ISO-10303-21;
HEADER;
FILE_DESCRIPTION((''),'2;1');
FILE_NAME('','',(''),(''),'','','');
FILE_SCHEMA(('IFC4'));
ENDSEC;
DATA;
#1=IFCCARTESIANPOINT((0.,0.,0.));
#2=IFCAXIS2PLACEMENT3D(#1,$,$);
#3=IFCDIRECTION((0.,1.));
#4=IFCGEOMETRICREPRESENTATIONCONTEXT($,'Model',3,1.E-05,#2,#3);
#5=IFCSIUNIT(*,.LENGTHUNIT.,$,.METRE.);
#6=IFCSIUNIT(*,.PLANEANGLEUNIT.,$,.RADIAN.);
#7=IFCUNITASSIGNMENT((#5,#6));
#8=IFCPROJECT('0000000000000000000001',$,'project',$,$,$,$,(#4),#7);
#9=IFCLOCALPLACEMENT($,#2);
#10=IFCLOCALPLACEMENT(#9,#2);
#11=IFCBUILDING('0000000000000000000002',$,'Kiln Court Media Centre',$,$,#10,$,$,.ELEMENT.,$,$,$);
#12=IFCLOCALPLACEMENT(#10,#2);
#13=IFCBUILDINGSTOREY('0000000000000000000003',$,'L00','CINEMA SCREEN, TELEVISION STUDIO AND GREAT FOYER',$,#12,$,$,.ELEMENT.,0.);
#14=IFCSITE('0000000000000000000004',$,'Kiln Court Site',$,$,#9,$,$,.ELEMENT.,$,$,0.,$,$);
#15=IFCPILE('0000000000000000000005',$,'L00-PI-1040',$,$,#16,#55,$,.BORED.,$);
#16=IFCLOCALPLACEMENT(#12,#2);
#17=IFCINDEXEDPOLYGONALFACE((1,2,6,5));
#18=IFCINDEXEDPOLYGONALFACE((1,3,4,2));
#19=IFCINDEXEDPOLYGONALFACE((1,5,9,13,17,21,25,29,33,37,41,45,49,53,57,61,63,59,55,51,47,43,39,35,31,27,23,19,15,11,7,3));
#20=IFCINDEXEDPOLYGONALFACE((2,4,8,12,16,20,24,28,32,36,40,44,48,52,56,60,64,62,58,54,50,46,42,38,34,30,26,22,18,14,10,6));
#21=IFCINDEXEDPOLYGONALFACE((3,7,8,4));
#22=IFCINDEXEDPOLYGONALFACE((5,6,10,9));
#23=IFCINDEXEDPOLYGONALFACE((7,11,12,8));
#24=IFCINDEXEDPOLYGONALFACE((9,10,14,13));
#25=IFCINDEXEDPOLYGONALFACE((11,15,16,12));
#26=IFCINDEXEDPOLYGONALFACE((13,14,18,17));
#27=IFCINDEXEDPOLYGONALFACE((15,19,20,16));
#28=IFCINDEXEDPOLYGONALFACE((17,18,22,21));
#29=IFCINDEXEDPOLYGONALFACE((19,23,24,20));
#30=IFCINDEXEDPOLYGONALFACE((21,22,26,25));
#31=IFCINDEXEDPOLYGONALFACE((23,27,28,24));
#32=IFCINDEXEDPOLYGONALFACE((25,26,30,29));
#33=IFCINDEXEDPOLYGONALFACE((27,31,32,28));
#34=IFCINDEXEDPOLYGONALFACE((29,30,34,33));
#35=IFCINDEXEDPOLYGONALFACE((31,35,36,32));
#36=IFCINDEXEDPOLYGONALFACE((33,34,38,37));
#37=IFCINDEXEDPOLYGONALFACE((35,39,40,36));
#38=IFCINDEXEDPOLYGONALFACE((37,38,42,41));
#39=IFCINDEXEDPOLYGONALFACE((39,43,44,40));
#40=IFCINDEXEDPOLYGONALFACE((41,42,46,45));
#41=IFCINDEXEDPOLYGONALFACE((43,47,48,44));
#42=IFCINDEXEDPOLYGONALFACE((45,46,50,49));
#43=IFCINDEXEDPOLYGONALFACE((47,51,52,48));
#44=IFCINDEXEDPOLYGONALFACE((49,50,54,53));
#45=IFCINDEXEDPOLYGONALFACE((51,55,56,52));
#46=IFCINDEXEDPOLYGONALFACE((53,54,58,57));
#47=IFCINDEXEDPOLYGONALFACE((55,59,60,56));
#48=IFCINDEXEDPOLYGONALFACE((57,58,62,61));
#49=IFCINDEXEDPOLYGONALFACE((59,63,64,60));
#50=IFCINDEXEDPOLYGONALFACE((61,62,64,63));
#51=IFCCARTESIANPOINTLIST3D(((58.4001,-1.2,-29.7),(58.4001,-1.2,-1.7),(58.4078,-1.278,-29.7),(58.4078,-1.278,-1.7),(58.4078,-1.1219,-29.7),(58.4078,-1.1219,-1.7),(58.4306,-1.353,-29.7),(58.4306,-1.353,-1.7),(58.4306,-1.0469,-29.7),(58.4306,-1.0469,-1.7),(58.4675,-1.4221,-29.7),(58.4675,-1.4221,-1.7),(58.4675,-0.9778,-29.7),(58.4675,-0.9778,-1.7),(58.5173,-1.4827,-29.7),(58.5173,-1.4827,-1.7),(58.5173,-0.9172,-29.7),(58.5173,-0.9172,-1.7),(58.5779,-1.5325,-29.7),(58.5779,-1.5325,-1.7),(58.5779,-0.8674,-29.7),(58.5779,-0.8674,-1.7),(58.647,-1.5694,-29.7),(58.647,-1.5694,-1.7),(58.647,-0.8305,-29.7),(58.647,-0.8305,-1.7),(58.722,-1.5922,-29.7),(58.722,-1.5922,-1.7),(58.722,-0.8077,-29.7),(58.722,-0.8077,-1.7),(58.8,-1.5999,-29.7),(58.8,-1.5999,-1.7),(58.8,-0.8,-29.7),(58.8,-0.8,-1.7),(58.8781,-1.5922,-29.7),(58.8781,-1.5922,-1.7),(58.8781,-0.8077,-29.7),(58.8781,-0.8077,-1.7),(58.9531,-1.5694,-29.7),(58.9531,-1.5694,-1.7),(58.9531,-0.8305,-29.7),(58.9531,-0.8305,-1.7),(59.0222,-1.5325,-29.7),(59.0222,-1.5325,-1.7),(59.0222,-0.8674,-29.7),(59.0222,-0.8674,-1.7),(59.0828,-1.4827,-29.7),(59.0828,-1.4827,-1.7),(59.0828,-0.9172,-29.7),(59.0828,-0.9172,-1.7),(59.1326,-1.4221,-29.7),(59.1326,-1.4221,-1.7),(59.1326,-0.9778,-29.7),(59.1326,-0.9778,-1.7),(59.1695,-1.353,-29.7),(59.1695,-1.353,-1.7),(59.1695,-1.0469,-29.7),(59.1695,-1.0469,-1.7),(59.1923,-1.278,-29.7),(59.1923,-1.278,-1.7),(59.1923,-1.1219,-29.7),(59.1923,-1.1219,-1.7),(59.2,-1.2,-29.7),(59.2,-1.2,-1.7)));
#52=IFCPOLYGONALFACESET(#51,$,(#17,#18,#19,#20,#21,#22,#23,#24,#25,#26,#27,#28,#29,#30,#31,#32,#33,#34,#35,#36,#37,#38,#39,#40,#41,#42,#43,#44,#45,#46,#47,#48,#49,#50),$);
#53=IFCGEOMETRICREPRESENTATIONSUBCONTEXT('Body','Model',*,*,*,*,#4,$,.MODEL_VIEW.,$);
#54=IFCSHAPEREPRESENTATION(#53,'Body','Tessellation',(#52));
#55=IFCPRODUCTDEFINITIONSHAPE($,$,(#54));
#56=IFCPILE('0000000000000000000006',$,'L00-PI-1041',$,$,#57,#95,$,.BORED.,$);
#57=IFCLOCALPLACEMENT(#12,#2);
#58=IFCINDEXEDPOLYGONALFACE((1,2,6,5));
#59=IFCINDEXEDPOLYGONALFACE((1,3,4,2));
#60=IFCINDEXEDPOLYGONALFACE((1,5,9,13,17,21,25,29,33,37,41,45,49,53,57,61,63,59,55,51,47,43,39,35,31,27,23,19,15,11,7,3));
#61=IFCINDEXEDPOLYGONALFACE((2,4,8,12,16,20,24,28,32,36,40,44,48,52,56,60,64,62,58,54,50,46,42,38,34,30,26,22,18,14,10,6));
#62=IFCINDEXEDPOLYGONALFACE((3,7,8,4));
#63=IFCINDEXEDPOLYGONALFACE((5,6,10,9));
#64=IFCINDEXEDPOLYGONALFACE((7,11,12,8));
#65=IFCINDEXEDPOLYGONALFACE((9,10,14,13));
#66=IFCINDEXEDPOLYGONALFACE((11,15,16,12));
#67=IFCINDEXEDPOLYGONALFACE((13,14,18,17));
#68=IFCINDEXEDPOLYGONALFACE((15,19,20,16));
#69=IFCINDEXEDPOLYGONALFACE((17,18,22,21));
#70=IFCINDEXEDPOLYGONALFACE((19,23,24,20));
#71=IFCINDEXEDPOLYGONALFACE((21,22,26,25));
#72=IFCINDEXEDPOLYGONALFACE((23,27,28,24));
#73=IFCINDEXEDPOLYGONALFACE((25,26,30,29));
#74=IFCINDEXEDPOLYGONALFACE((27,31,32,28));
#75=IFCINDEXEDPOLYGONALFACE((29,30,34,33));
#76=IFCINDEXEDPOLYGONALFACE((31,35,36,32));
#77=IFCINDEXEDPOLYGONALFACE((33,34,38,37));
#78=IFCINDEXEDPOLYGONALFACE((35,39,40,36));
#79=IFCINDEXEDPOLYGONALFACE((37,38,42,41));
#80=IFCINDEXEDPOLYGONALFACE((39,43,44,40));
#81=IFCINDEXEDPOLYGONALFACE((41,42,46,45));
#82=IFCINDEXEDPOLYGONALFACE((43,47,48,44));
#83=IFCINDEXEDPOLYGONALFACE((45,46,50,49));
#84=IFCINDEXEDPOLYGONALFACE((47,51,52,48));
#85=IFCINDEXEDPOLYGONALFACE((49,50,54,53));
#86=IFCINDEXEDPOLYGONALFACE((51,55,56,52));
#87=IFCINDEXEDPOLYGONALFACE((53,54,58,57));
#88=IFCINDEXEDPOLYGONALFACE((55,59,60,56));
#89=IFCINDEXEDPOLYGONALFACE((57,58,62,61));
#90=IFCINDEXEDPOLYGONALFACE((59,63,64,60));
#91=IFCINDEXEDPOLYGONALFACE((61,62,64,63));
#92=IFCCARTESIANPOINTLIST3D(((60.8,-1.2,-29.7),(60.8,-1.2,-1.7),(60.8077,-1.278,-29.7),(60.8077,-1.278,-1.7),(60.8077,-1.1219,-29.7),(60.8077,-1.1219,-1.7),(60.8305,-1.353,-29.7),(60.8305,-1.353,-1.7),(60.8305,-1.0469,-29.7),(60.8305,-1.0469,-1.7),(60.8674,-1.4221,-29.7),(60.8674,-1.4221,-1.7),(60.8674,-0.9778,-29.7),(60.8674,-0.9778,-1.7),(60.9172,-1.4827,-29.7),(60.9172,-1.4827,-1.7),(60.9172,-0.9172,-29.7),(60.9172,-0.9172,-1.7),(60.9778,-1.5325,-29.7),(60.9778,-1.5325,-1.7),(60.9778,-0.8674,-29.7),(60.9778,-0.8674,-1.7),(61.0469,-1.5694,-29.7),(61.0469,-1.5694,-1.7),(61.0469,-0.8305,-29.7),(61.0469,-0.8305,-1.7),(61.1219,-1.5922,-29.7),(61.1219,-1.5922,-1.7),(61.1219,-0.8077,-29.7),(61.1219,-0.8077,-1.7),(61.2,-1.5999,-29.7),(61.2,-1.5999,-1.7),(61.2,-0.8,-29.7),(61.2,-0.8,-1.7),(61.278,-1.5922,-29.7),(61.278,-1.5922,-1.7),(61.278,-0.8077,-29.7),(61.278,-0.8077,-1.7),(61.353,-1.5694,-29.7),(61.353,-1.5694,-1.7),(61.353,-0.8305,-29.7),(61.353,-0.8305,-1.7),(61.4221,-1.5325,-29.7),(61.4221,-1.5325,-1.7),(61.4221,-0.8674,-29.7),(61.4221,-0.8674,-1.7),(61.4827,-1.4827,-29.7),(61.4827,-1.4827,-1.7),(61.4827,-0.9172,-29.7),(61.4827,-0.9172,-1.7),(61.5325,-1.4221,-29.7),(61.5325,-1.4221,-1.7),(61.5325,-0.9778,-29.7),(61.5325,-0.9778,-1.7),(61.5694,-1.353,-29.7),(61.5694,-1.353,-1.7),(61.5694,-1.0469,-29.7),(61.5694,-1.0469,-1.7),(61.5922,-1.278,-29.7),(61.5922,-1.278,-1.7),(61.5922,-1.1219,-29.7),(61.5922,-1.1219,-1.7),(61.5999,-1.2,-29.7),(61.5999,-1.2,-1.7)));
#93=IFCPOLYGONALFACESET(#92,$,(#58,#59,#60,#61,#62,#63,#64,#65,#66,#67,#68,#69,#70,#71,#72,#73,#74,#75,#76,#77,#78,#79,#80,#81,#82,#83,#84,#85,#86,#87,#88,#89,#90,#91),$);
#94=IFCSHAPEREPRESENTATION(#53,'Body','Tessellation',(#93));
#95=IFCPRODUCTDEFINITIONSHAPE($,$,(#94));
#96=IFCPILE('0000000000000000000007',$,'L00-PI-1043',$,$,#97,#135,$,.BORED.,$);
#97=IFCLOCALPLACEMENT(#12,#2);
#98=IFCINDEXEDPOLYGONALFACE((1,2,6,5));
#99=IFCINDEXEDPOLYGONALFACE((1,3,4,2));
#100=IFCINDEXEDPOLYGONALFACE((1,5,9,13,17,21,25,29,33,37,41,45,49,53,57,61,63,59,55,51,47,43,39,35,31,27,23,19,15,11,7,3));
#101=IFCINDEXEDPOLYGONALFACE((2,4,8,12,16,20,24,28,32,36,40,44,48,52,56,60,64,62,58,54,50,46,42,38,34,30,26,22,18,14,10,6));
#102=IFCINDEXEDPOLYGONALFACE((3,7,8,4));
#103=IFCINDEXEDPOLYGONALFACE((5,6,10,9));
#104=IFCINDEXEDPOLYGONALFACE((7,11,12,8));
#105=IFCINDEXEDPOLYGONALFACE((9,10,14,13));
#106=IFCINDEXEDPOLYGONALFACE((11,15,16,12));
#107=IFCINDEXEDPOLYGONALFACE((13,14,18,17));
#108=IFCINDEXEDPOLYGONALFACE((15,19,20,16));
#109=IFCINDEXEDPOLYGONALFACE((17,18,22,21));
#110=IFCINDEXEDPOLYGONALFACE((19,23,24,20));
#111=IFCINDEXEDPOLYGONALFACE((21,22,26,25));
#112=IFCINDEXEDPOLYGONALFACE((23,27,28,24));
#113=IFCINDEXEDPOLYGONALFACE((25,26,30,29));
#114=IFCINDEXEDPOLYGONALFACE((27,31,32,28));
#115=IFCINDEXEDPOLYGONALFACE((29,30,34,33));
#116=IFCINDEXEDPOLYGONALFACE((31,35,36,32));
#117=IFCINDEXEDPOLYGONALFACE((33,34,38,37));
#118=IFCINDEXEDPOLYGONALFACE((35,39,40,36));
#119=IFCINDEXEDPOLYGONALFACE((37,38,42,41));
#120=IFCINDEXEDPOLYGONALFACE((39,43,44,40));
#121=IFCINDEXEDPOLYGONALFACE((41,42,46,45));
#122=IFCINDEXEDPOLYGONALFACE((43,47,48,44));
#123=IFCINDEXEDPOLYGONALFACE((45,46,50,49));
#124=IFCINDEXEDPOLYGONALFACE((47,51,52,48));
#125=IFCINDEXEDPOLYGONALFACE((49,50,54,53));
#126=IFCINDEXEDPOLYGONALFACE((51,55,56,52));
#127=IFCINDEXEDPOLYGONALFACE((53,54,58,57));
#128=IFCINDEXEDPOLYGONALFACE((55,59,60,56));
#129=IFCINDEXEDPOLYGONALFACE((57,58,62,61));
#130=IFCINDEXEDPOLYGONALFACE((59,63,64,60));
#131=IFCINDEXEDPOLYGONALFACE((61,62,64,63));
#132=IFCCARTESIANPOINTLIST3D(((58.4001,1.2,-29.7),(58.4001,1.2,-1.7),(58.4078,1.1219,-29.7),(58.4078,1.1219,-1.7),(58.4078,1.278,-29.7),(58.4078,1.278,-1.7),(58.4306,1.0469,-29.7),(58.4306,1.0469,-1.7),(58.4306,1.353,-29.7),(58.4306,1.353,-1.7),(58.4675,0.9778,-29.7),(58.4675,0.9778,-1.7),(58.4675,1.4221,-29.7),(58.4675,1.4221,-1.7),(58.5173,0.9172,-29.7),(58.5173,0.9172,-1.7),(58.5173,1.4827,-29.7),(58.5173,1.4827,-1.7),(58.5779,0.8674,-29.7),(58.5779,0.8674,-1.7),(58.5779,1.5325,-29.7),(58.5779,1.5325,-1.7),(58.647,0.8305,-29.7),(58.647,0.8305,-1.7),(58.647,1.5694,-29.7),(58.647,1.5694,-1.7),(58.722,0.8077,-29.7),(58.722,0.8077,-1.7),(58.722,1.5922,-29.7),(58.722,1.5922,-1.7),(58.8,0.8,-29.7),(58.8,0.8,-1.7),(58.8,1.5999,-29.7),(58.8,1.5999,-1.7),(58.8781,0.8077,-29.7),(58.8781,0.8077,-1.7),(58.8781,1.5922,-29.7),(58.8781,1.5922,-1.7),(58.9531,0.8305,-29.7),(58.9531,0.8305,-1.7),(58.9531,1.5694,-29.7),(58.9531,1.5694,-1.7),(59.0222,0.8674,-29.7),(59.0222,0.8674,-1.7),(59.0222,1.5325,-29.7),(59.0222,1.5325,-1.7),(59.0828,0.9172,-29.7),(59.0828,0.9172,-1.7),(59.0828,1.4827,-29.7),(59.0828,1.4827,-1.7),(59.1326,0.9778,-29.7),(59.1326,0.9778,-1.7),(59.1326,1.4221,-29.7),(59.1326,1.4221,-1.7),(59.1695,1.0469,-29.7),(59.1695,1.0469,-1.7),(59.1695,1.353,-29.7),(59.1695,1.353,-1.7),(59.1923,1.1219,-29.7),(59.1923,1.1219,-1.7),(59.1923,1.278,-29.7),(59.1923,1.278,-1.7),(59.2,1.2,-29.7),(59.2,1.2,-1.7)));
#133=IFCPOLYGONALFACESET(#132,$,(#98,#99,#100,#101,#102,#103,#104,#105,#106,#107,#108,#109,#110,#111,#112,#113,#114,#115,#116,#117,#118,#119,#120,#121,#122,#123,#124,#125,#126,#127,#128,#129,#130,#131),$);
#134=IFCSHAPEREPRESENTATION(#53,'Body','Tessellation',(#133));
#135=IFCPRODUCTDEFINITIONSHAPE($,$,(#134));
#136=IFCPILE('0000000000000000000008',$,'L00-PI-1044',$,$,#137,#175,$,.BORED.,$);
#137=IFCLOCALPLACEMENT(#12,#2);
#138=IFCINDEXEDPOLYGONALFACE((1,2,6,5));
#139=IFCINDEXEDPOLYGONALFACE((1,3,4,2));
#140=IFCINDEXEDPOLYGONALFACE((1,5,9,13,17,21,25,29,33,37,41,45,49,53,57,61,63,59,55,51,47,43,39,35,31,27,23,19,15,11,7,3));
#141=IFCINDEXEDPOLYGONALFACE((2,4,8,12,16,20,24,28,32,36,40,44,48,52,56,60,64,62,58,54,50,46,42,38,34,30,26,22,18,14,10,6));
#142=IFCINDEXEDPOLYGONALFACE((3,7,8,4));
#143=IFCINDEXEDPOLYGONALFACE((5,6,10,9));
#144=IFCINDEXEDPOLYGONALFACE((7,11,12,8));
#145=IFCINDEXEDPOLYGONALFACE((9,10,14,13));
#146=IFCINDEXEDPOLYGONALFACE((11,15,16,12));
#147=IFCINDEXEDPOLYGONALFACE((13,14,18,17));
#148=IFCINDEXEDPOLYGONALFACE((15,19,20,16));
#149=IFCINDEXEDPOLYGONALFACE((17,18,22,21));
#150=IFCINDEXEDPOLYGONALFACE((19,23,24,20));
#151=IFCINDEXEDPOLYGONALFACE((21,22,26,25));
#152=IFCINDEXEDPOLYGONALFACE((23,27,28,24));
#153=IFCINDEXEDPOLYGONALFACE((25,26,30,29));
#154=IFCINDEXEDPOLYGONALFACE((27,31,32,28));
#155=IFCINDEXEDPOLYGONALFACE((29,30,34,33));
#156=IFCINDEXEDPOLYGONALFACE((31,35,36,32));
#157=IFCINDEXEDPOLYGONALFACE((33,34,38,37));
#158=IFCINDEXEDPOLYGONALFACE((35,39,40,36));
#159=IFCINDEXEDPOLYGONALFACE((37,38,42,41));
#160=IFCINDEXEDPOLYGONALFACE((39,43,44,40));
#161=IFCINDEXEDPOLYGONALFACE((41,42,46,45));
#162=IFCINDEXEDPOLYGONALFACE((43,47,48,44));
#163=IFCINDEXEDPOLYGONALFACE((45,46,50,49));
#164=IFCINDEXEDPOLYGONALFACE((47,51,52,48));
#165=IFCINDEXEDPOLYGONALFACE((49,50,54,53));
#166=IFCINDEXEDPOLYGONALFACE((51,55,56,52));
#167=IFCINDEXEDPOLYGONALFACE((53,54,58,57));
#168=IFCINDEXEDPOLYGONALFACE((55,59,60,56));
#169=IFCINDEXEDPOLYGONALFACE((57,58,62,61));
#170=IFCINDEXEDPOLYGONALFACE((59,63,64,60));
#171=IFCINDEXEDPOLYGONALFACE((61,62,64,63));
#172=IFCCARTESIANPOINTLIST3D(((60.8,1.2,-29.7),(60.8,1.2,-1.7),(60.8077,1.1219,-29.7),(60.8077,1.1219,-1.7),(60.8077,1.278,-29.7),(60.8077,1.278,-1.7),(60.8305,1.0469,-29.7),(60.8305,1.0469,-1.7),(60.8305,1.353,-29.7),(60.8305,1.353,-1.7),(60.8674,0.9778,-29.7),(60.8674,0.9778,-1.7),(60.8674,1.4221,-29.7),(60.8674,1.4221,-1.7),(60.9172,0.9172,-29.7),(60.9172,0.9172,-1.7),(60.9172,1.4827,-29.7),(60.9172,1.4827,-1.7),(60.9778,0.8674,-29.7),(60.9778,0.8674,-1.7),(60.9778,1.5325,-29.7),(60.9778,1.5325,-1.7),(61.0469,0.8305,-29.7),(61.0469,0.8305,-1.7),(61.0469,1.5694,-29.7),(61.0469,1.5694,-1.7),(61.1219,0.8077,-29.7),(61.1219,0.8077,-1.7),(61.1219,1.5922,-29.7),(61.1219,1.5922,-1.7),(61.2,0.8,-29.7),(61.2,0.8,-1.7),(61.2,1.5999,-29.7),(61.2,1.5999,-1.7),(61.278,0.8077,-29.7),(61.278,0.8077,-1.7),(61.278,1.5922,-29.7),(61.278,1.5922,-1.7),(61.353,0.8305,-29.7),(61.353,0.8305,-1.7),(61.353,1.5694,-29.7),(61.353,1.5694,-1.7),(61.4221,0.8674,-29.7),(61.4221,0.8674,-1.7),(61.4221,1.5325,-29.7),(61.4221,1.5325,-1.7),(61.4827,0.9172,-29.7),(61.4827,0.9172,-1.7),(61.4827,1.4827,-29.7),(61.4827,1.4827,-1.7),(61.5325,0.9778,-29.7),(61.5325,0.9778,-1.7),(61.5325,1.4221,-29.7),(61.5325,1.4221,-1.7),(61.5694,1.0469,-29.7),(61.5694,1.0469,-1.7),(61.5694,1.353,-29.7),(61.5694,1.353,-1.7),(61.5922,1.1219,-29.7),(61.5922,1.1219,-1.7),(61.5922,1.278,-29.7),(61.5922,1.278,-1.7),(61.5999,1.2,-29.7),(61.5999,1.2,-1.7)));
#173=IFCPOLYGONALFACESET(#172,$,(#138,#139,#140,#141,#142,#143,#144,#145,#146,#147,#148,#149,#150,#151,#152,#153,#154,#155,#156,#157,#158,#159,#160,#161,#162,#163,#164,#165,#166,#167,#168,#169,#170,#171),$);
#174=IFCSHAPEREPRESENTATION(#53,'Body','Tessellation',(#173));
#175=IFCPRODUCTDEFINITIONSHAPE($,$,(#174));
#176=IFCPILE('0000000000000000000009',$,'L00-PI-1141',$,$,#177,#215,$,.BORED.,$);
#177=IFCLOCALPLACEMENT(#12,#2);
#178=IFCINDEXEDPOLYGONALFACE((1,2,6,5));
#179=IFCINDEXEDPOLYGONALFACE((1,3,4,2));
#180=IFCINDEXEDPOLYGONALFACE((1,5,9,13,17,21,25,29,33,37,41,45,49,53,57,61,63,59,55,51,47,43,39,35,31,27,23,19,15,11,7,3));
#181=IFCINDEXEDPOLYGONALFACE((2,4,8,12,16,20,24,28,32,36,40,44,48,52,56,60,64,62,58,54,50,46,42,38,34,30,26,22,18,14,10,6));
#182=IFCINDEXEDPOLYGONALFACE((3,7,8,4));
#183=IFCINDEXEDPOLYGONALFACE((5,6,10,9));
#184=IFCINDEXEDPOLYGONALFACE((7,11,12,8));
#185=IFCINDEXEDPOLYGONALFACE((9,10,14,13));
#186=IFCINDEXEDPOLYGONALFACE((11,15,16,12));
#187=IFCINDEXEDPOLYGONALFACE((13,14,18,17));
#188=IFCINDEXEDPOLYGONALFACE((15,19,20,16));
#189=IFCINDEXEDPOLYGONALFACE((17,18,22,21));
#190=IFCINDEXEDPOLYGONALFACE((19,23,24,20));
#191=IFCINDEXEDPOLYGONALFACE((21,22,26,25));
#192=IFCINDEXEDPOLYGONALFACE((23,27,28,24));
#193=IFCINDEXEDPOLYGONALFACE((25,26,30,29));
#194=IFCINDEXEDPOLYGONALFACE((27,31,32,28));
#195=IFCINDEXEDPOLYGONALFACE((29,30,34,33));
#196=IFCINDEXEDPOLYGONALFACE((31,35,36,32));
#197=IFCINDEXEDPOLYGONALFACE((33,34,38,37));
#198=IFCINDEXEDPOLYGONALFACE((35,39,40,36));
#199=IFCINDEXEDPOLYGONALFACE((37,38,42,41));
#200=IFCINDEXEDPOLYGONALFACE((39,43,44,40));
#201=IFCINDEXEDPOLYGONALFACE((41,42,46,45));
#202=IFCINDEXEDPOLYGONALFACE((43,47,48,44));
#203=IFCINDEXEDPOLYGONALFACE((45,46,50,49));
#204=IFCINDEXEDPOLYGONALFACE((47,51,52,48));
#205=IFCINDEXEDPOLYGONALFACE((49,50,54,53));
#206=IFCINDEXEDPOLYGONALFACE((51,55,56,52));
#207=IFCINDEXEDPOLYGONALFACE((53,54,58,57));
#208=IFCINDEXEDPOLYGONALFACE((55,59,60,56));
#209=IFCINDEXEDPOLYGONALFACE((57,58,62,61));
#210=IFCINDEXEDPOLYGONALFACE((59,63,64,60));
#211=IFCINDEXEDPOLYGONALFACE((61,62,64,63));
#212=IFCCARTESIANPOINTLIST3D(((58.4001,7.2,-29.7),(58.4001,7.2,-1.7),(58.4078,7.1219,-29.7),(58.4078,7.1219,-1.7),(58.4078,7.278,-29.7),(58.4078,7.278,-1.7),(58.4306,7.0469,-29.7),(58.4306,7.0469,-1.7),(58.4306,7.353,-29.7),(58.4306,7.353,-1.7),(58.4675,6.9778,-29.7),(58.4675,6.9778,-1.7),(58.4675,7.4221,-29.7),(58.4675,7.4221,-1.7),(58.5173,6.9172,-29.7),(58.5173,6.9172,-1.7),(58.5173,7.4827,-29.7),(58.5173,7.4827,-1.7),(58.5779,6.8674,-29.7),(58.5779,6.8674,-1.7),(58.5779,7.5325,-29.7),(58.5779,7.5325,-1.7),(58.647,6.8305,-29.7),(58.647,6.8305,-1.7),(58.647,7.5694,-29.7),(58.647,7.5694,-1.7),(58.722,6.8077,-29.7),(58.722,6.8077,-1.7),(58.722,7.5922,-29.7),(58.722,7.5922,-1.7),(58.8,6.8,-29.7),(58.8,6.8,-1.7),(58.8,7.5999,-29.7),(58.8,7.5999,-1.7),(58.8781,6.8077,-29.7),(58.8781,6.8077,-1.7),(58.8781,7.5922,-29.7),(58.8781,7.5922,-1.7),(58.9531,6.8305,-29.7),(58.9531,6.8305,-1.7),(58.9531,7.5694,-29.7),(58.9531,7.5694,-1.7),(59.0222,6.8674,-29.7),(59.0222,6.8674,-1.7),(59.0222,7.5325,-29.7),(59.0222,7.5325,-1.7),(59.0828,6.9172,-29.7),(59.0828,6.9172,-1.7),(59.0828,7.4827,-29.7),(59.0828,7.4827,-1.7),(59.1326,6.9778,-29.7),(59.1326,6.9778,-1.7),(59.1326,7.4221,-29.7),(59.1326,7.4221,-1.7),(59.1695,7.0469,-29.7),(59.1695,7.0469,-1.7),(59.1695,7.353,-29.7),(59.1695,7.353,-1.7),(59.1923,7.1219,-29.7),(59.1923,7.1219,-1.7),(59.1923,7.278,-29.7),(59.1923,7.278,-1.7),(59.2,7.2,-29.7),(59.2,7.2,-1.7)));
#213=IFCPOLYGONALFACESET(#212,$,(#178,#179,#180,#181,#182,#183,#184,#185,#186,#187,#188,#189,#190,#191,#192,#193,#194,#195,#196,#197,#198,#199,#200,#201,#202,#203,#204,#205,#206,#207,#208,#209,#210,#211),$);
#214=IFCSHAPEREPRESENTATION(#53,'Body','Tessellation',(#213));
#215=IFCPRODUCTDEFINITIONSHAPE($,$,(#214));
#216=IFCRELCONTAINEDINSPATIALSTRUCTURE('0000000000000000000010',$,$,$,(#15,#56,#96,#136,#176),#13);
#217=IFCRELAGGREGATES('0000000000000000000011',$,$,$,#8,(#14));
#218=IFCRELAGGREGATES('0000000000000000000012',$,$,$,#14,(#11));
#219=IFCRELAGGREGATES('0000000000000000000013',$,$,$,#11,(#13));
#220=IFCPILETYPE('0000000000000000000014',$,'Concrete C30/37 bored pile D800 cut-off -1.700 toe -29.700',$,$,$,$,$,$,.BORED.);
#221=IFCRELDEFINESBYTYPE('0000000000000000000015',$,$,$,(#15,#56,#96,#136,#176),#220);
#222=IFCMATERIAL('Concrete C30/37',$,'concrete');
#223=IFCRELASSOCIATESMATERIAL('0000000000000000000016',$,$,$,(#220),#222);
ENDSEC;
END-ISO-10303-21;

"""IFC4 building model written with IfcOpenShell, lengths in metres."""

from ifc_helpers import new_model, si_unit, direction, frame, origin, origin_2d, place, context, subcontext, project, spatial, circle, extrude, material, material_profile, profile_set, type_object, element, save


model = new_model("IFC4")

# Units and contexts
model_context = context("Model", 3, precision=1e-05, world=origin(), true_north=direction((0.0, 1.0)))
body_context = subcontext(model_context, "Body", "Model", "MODEL_VIEW")
ifc_project = project(units=[si_unit("LENGTHUNIT", "METRE"), si_unit("PLANEANGLEUNIT", "RADIAN")], contexts=[model_context])

# Site, building, storey
site_placement = place(None, origin())
site = spatial("IfcSite", under=ifc_project, at=site_placement, Name="Kiln Court Site", CompositionType="ELEMENT", RefElevation=0.0)
building_placement = place(site_placement, origin())
building = spatial("IfcBuilding", under=site, at=building_placement, Name="Kiln Court Media Centre", CompositionType="ELEMENT")
storey_placement = place(building_placement, origin())
storey = spatial("IfcBuildingStorey", under=building, at=storey_placement, Name="L00", Description="CINEMA SCREEN, TELEVISION STUDIO AND GREAT FOYER", CompositionType="ELEMENT", Elevation=0.0)

# Piles
ifc_material_1 = material(Name="Concrete C30/37", Category="concrete")
ifc_material_profile_1 = material_profile(ifc_material_1, circle(Radius=0.3999, at=origin_2d()), Name="PILE D800")
ifc_profile_set_1 = profile_set([ifc_material_profile_1], Name="Concrete C30/37")
pile_type = type_object("IfcPileType", Name="Concrete C30/37 bored pile D800 cut-off -1.700 toe -29.700", PredefinedType="BORED", material=ifc_profile_set_1)
for number, where, z_axis, x_axis, name in (
    (1, (58.8, -1.2, -1.7), (0.0, 0.0, -1.0), (1.0, 0.0, 0.0), "L00-PI-1040"),
    (2, (61.2, -1.2, -1.7), (0.0, 0.0, -1.0), (1.0, 0.0, 0.0), "L00-PI-1041"),
    (3, (58.8, 1.2, -1.7), (0.0, 0.0, -1.0), (1.0, 0.0, 0.0), "L00-PI-1043"),
    (4, (61.2, 1.2, -1.7), (0.0, 0.0, -1.0), (1.0, 0.0, 0.0), "L00-PI-1044"),
    (5, (58.8, 7.2, -1.7), (0.0, 0.0, -1.0), (1.0, 0.0, 0.0), "L00-PI-1141"),
):
    element("IfcPile", number, at=place(storey_placement, frame(where, z_axis=z_axis, x_axis=x_axis)), inside=storey, type_object=pile_type, Name=name, PredefinedType="BORED", context=body_context, shape_type="SweptSolid", body=[
        extrude(circle(Radius=0.3999, at=origin_2d()), origin(), (0.0, 0.0, 1.0), 28.0),
    ])

save(model, "model.ifc")
